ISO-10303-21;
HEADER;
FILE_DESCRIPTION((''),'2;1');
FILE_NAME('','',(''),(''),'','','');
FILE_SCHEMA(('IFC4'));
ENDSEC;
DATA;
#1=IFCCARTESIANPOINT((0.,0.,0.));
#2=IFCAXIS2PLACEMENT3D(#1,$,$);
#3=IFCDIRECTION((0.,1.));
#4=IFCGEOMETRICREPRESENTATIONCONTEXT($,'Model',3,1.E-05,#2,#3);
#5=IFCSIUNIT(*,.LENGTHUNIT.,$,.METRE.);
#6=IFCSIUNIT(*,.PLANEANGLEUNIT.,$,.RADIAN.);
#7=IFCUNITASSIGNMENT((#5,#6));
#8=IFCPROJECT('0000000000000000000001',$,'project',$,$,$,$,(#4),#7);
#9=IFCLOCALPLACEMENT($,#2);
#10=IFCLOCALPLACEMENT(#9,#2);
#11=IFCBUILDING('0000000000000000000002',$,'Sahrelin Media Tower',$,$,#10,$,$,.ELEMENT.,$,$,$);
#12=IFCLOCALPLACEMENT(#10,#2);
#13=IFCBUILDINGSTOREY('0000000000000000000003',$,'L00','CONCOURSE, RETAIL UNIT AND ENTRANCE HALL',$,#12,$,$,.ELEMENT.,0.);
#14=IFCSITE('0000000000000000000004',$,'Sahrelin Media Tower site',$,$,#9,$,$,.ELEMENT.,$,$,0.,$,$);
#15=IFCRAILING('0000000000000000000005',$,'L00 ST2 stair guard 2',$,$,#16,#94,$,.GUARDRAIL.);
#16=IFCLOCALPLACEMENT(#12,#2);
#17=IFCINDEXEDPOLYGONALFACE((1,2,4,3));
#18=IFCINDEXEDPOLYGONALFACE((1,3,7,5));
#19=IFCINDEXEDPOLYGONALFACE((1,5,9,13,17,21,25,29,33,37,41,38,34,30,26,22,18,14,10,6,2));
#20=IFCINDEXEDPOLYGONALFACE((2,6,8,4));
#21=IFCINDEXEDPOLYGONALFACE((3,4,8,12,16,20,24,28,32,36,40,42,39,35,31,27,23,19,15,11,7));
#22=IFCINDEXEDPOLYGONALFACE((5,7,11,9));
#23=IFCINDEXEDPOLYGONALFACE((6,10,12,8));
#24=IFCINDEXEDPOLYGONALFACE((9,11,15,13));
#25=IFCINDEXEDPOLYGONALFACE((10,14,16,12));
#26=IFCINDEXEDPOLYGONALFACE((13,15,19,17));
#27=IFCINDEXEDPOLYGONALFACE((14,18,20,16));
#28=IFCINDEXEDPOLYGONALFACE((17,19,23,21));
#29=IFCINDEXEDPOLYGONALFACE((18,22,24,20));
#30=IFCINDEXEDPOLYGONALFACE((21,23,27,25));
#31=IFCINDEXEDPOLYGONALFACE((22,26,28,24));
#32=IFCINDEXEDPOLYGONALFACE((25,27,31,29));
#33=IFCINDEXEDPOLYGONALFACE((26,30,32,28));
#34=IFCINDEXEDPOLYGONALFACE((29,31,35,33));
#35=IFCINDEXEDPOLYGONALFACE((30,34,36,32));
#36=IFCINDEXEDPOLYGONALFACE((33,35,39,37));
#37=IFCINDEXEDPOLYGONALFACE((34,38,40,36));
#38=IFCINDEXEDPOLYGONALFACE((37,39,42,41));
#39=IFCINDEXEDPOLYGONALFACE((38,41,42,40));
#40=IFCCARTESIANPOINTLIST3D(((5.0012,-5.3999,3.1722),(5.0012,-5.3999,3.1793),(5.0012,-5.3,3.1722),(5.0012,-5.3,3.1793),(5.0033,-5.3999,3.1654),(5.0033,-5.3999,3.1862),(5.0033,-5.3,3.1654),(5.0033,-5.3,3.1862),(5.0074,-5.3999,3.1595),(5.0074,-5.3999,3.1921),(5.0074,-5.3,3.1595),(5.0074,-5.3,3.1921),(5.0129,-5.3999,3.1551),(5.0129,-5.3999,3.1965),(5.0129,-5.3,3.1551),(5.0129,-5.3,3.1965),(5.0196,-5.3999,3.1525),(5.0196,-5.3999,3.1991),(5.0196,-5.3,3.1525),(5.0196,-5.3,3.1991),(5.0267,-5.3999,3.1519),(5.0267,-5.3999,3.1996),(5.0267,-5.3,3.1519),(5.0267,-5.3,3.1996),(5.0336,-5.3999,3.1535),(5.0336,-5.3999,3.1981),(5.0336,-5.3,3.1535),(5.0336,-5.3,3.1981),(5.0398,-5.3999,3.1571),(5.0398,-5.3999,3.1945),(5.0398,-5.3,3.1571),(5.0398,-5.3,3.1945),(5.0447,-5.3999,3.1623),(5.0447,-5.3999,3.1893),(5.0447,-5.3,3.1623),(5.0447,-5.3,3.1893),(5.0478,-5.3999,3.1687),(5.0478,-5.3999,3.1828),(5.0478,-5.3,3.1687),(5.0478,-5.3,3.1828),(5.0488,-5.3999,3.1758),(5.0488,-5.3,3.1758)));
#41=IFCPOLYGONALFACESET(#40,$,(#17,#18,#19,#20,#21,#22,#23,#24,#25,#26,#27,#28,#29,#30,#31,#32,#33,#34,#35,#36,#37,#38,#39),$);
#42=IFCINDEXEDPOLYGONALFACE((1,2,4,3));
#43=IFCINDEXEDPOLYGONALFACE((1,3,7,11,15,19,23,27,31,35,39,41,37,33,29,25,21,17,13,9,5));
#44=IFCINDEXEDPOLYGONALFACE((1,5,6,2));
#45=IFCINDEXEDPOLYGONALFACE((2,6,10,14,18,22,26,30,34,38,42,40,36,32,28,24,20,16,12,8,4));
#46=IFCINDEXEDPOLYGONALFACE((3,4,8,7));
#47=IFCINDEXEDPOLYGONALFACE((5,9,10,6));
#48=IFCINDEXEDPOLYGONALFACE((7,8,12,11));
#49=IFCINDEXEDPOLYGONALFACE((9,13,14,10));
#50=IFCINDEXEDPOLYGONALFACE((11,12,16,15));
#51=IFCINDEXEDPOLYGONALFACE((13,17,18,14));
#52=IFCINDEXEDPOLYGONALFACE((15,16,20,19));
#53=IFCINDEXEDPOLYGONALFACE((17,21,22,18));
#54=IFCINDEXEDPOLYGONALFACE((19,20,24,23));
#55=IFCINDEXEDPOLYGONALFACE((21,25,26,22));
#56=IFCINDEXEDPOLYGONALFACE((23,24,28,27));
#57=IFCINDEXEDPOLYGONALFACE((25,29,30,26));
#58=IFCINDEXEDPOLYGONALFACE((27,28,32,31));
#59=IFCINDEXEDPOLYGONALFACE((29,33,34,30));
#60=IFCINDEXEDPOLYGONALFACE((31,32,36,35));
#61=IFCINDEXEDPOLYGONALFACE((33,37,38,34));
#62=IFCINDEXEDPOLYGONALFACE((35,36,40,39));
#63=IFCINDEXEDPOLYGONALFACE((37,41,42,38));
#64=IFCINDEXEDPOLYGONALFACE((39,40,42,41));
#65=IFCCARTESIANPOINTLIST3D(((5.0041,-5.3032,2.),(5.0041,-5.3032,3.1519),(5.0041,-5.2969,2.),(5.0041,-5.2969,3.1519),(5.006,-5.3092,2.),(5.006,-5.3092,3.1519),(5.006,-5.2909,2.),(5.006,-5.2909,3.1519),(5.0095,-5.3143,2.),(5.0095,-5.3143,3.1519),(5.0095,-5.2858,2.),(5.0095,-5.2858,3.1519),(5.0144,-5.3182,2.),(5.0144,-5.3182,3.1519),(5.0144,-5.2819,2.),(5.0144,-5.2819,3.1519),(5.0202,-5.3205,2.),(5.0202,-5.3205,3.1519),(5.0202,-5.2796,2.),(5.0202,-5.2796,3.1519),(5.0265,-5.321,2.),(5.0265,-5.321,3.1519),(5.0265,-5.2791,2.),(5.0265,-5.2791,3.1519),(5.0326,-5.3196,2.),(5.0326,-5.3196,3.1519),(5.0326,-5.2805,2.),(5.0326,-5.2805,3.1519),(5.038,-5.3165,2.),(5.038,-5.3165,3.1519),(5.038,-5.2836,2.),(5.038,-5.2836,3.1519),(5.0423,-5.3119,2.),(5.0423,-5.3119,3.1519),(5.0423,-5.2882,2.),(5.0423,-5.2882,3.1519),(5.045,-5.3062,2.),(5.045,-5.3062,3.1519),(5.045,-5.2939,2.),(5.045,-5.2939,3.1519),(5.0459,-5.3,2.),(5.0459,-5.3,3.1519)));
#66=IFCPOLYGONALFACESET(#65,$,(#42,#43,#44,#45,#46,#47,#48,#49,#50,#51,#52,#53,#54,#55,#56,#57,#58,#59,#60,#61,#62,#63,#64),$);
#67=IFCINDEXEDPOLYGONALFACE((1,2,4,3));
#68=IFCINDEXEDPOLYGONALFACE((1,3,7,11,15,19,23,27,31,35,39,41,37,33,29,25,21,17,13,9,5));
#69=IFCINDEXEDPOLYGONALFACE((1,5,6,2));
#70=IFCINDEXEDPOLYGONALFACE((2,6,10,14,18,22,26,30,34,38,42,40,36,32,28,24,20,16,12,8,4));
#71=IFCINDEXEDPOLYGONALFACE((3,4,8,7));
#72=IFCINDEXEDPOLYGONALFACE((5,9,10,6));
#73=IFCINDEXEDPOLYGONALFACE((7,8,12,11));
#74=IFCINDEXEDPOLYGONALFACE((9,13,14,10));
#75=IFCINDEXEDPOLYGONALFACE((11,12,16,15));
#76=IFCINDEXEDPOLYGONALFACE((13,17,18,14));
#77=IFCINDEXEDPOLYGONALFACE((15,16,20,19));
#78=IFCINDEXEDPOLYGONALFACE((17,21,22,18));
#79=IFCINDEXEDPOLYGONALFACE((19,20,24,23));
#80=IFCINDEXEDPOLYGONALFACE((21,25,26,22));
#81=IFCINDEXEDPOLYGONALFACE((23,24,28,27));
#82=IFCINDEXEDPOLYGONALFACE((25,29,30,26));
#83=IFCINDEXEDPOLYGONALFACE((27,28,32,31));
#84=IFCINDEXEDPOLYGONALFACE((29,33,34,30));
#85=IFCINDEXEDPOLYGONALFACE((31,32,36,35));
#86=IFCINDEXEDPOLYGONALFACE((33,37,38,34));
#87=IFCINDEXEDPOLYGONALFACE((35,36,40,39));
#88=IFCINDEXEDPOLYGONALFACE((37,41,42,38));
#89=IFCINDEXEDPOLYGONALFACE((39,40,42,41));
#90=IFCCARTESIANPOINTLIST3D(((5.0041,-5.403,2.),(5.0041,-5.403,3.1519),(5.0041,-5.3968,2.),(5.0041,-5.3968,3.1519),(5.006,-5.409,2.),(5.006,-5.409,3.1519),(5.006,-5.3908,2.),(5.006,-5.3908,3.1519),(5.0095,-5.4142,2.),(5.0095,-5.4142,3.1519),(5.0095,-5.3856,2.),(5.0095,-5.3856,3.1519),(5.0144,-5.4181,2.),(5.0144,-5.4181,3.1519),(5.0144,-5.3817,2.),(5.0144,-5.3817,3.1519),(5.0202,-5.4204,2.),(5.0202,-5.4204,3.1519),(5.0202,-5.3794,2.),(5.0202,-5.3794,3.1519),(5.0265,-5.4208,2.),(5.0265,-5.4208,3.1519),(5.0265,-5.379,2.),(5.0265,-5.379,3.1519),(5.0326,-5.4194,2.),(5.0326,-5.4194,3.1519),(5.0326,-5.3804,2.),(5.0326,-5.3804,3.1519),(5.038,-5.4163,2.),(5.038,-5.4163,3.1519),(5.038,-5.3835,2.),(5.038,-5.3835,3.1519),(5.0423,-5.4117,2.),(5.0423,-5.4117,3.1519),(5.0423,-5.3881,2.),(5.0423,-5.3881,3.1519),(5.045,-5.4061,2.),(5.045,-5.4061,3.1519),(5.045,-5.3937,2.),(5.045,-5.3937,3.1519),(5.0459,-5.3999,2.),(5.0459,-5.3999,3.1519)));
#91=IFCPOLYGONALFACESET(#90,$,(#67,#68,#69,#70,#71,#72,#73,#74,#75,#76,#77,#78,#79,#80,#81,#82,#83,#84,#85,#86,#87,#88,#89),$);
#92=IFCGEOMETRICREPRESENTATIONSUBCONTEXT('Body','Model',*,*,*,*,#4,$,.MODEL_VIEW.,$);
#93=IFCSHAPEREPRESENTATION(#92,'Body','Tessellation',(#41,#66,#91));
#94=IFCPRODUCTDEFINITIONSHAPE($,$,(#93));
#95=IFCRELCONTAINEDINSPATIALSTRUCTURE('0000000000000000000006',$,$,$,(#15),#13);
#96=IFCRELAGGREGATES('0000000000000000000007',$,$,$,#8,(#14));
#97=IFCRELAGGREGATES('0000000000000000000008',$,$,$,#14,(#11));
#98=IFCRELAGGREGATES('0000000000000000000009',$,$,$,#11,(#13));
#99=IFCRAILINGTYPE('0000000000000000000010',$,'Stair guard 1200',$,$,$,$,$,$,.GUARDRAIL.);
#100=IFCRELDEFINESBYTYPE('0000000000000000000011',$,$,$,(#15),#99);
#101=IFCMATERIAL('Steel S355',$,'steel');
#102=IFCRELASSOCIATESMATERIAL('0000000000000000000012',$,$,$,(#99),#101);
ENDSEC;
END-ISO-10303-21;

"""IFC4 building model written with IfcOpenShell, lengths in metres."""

from ifc_helpers import new_model, si_unit, direction, frame, origin, origin_2d, place, context, subcontext, project, spatial, circle, extrude, material, type_object, element, save


model = new_model("IFC4")

# Units and contexts
model_context = context("Model", 3, precision=1e-05, world=origin(), true_north=direction((0.0, 1.0)))
body_context = subcontext(model_context, "Body", "Model", "MODEL_VIEW")
ifc_project = project(units=[si_unit("LENGTHUNIT", "METRE"), si_unit("PLANEANGLEUNIT", "RADIAN")], contexts=[model_context])

# Site, building, storey
site_placement = place(None, origin())
site = spatial("IfcSite", under=ifc_project, at=site_placement, Name="Sahrelin Media Tower site", CompositionType="ELEMENT", RefElevation=0.0)
building_placement = place(site_placement, origin())
building = spatial("IfcBuilding", under=site, at=building_placement, Name="Sahrelin Media Tower", CompositionType="ELEMENT")
storey_placement = place(building_placement, origin())
storey = spatial("IfcBuildingStorey", under=building, at=storey_placement, Name="L00", Description="CONCOURSE, RETAIL UNIT AND ENTRANCE HALL", CompositionType="ELEMENT", Elevation=0.0)

# Shared definitions
ifc_material_1 = material(Name="Steel S355", Category="steel")

# Railing
railing_type_1 = type_object("IfcRailingType", Name="Stair guard 1200", PredefinedType="GUARDRAIL", material=ifc_material_1)
railing_1_placement = place(storey_placement, frame((5.0249, -5.3, 2.0)))
element("IfcRailing", 1, at=railing_1_placement, inside=storey, type_object=railing_type_1, Name="L00 ST2 stair guard 2", PredefinedType="GUARDRAIL", context=body_context, shape_type="SweptSolid", body=[
    extrude(circle(Radius=0.0239, at=origin_2d()), frame((0.0, 0.0, 1.1758), z_axis=(0.0, -1.0, 0.0), x_axis=(1.0, 0.0, 0.0)), (0.0, 0.0, 1.0), 0.0999),
    extrude(circle(Radius=0.021, at=origin_2d()), origin(), (0.0, 0.0, 1.0), 1.1519),
    extrude(circle(Radius=0.021, at=origin_2d()), frame((0.0, -0.0999, 0.0)), (0.0, 0.0, 1.0), 1.1519),
])

save(model, "model.ifc")
